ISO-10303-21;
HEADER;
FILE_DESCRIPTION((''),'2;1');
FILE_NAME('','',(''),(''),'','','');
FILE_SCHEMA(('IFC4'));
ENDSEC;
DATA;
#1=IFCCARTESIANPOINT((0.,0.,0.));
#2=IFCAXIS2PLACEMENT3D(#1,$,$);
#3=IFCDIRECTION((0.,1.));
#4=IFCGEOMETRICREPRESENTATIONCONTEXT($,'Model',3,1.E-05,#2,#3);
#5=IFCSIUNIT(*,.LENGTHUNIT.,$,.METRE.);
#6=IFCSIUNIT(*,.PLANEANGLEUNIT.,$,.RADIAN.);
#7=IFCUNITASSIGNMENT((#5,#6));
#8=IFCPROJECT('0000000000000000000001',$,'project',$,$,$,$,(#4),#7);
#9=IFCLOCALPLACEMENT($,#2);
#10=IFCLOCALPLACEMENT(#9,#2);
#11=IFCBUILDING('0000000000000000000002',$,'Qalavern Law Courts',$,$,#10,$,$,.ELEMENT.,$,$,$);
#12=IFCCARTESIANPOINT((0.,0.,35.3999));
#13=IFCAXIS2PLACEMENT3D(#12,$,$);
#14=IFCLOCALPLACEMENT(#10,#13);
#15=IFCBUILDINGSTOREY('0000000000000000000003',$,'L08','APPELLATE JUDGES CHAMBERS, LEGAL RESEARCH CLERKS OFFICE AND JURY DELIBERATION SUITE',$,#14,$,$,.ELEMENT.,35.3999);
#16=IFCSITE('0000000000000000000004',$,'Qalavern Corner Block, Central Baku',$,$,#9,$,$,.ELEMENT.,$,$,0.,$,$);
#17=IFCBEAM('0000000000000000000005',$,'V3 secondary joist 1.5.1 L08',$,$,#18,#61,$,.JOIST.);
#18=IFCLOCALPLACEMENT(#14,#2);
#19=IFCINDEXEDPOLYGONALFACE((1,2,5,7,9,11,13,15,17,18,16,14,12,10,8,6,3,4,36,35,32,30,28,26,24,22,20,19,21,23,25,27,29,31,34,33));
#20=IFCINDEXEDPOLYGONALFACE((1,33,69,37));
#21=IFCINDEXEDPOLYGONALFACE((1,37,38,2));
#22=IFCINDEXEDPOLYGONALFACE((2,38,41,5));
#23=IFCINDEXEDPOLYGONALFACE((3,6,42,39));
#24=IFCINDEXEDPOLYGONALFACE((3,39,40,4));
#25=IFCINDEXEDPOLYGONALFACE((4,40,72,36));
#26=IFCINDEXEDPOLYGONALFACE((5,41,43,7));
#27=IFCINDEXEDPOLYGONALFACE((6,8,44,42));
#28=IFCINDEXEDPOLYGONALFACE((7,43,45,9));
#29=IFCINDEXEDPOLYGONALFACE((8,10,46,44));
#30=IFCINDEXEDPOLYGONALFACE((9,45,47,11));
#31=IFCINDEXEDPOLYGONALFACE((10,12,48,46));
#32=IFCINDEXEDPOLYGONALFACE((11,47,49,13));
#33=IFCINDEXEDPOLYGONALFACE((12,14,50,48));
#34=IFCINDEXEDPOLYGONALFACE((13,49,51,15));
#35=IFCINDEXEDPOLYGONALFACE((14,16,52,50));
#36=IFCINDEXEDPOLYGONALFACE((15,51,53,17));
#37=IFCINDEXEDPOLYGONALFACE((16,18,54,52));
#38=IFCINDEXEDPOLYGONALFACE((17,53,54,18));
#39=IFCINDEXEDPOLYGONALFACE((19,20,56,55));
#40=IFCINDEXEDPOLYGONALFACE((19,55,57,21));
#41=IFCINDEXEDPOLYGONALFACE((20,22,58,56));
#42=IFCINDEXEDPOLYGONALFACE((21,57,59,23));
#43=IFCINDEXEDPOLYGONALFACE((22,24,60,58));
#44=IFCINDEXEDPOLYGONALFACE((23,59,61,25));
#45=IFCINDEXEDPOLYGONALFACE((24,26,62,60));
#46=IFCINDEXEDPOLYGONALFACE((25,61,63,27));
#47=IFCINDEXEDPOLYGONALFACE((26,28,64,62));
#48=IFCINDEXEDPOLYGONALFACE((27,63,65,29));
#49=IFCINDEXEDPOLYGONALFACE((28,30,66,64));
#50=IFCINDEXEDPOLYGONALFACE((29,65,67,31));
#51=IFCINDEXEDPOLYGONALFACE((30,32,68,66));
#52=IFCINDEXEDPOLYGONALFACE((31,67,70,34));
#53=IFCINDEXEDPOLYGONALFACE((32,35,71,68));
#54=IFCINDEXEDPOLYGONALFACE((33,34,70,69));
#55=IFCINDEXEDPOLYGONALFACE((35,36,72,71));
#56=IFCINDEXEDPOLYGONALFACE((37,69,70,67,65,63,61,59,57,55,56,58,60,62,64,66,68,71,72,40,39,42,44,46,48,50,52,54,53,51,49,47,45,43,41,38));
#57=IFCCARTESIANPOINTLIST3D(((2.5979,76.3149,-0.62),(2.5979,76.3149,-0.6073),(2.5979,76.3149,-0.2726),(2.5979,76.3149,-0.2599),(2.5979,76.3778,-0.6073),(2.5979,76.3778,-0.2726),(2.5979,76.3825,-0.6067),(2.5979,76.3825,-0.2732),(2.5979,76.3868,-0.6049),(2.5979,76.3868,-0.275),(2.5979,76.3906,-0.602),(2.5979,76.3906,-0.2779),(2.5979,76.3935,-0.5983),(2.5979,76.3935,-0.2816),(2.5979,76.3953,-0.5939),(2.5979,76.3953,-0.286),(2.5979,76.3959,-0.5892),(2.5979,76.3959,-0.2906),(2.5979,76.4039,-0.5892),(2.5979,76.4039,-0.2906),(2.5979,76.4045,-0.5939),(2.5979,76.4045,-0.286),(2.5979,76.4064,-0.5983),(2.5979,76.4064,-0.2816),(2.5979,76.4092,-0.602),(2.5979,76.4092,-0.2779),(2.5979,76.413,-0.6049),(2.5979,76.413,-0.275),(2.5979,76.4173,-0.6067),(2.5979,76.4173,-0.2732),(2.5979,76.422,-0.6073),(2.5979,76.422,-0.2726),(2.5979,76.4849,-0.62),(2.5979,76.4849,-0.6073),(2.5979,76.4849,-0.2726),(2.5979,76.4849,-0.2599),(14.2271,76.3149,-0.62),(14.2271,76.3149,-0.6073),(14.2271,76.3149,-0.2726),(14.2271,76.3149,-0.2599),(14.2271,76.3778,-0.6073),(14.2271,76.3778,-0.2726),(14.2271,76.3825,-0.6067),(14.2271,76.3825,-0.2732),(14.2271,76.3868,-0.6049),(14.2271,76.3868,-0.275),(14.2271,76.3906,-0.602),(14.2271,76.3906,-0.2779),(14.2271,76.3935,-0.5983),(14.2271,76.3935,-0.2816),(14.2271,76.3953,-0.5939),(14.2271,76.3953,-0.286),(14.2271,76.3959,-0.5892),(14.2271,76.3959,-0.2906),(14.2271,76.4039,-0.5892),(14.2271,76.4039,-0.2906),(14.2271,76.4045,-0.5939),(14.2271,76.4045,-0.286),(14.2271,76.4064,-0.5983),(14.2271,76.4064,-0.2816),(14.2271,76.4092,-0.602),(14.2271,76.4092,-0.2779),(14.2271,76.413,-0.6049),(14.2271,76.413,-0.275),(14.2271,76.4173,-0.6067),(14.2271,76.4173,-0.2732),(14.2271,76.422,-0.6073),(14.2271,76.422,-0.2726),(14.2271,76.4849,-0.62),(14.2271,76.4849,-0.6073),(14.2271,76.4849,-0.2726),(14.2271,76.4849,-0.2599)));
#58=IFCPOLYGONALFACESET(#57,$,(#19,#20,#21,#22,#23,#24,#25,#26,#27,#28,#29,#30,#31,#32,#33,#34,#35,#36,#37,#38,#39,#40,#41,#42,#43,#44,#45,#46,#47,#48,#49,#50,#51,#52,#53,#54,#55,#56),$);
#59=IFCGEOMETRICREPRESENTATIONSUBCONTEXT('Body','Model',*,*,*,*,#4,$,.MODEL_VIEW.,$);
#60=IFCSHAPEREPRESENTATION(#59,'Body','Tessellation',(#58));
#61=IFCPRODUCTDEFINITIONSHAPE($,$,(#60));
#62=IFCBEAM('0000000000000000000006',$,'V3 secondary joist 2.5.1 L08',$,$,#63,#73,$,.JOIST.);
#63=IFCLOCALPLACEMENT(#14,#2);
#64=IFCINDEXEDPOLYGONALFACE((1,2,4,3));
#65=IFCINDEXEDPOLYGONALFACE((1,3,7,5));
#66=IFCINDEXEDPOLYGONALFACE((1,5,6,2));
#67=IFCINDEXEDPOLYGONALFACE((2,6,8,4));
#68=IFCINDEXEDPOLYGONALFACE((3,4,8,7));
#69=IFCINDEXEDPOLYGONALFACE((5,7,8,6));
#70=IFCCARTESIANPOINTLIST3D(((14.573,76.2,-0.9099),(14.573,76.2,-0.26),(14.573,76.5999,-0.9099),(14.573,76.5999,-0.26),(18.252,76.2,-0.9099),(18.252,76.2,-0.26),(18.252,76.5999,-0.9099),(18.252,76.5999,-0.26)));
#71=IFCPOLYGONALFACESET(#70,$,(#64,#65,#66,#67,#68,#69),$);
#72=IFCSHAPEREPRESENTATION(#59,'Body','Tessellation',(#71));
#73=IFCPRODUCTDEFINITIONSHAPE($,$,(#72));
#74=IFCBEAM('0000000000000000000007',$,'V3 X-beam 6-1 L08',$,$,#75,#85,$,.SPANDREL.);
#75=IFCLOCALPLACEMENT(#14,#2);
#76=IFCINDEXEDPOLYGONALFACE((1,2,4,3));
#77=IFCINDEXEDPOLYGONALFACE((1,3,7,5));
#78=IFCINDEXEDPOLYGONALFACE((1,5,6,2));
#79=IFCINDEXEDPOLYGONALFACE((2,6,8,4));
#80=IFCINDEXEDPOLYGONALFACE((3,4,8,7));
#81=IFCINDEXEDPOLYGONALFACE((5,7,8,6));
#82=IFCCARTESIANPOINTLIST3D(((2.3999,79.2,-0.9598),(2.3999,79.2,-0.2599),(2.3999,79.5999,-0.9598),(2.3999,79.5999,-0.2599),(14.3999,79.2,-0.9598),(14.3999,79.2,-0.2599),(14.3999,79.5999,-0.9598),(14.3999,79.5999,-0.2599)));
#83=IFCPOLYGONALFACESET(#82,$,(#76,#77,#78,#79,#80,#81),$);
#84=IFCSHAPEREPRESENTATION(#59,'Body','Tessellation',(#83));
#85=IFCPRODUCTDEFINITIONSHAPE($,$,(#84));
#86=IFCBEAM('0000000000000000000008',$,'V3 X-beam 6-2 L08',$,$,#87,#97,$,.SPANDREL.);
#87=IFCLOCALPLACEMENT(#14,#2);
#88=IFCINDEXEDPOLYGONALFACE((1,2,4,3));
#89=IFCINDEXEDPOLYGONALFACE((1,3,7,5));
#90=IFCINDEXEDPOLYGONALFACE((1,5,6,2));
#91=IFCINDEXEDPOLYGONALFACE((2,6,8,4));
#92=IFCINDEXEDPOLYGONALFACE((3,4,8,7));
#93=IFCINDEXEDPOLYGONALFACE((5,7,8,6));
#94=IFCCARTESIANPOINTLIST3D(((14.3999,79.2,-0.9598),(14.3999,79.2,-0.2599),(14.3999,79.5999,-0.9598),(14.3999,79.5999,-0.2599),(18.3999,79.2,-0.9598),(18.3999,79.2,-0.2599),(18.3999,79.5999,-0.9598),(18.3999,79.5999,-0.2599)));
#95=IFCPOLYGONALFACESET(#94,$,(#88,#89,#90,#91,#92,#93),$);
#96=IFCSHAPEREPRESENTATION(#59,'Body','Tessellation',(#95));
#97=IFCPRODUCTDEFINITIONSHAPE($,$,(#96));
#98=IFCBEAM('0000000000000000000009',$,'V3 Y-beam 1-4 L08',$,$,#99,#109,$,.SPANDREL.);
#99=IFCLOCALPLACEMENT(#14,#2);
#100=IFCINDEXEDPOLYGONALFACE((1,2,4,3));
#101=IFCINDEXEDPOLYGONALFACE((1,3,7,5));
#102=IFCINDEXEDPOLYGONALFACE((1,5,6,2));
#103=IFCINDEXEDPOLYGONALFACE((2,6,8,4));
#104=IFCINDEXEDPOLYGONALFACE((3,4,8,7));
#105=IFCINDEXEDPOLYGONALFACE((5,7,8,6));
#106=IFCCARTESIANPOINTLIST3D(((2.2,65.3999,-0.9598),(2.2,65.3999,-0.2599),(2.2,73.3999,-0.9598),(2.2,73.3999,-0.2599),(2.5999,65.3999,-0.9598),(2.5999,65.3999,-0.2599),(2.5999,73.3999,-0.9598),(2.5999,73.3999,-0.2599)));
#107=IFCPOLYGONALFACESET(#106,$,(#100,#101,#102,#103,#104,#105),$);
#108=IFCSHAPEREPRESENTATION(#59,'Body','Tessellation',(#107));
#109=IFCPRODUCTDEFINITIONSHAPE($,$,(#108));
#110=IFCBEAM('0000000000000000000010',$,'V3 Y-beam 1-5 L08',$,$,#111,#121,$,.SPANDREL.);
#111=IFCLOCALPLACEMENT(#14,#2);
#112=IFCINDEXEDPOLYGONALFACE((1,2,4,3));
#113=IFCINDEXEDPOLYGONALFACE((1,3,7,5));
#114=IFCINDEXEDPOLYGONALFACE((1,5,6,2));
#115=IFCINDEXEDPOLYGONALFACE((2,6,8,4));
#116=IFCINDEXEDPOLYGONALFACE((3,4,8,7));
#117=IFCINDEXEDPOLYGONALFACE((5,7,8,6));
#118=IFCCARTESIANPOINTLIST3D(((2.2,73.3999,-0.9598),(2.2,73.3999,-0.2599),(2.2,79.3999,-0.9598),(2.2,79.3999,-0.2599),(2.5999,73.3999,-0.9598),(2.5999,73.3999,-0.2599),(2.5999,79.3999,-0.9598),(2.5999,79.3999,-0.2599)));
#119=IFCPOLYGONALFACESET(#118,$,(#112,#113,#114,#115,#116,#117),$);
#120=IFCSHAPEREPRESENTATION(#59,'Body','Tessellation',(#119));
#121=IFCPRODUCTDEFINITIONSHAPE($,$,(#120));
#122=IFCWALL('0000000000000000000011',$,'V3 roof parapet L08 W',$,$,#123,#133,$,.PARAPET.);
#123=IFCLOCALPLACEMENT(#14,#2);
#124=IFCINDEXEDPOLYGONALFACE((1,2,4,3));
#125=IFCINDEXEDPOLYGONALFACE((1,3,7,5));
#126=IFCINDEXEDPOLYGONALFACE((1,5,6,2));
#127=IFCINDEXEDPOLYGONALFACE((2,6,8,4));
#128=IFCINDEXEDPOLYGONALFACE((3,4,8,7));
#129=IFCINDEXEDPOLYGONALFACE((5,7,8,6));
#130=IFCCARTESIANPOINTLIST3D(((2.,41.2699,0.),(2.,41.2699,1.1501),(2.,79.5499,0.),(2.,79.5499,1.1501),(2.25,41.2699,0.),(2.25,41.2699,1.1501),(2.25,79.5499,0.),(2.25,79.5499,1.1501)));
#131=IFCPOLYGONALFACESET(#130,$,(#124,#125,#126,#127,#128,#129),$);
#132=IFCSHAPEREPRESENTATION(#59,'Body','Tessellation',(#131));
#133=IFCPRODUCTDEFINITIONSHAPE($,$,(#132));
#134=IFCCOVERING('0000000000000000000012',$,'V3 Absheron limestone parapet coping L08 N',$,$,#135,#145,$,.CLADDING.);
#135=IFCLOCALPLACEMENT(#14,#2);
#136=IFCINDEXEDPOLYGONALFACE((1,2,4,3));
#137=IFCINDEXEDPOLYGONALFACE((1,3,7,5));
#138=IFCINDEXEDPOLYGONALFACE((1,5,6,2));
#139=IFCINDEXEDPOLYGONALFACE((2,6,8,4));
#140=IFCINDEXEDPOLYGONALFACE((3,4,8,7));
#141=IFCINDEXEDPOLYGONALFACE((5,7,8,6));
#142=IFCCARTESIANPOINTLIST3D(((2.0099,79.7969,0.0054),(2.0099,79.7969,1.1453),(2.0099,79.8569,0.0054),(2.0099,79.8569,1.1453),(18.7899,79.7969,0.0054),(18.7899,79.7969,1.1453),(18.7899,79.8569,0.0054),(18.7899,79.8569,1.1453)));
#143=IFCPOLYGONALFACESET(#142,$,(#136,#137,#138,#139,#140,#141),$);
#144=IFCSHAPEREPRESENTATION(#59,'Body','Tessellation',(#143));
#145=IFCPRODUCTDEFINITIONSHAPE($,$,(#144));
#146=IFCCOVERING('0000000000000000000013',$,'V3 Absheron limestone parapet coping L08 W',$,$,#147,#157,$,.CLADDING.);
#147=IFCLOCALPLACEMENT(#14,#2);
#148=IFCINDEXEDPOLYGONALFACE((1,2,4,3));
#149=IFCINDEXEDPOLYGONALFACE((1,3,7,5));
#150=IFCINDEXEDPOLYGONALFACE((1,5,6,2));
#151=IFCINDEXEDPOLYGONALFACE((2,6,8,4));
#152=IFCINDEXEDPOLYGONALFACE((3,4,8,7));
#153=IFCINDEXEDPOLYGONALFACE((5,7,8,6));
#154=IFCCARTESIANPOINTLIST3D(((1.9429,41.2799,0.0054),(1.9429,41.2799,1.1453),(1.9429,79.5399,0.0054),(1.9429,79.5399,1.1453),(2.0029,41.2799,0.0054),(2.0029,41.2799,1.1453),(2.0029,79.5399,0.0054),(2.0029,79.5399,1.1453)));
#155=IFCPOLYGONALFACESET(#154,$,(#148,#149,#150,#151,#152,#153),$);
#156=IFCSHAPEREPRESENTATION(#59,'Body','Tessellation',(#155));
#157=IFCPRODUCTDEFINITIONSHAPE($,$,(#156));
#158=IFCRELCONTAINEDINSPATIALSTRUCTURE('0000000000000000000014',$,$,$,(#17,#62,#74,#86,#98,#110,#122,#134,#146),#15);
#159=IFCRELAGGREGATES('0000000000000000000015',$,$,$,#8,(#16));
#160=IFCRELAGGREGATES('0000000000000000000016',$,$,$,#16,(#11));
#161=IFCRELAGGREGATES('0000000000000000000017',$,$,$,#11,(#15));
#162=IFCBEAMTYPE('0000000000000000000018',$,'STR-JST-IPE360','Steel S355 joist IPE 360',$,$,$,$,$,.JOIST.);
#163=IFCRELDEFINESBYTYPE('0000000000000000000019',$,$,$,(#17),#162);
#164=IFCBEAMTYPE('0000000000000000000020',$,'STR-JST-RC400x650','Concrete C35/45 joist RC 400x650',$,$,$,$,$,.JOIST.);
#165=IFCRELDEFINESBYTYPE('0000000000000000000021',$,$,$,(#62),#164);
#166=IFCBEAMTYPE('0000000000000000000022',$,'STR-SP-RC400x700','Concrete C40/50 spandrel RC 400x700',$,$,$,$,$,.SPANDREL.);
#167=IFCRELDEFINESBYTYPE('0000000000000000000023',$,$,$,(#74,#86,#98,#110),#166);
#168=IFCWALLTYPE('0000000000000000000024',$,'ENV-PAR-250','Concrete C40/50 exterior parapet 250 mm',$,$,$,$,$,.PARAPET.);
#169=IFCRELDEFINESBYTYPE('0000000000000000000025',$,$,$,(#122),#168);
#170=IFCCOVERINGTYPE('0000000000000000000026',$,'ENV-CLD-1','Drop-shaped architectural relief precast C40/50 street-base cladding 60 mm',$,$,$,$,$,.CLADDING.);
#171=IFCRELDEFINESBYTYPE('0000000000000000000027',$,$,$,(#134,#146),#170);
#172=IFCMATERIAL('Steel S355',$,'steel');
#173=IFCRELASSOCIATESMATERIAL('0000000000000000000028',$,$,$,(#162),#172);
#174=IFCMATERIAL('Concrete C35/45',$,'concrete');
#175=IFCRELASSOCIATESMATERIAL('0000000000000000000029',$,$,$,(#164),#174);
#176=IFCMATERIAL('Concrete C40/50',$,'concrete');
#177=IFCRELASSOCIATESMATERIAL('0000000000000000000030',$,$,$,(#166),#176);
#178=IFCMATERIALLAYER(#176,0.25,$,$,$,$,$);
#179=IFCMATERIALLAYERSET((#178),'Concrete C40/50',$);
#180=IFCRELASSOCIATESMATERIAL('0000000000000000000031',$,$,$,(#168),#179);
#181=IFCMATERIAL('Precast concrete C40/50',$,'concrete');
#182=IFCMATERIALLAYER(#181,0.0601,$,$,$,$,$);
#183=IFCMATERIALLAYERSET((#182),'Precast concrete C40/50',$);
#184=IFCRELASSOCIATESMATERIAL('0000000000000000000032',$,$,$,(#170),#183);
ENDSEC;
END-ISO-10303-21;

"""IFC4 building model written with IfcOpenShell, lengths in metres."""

from ifc_helpers import new_model, si_unit, direction, frame, frame_2d, origin, origin_2d, place, context, subcontext, project, spatial, rectangle, i_section, extrude, material, layer, layer_set, material_profile, profile_set, type_object, element, save


model = new_model("IFC4")

# Units and contexts
model_context = context("Model", 3, precision=1e-05, world=origin(), true_north=direction((0.0, 1.0)))
body_context = subcontext(model_context, "Body", "Model", "MODEL_VIEW")
ifc_project = project(units=[si_unit("LENGTHUNIT", "METRE"), si_unit("PLANEANGLEUNIT", "RADIAN")], contexts=[model_context])

# Site, building, storey
site_placement = place(None, origin())
site = spatial("IfcSite", under=ifc_project, at=site_placement, Name="Qalavern Corner Block, Central Baku", CompositionType="ELEMENT", RefElevation=0.0)
building_placement = place(site_placement, origin())
building = spatial("IfcBuilding", under=site, at=building_placement, Name="Qalavern Law Courts", CompositionType="ELEMENT")
storey_placement = place(building_placement, frame((0.0, 0.0, 35.3999)))
storey = spatial("IfcBuildingStorey", under=building, at=storey_placement, Name="L08", Description="APPELLATE JUDGES CHAMBERS, LEGAL RESEARCH CLERKS OFFICE AND JURY DELIBERATION SUITE", CompositionType="ELEMENT", Elevation=35.3999)

# Beams
ifc_material_1 = material(Name="Steel S355", Category="steel")
ifc_material_2 = material(Name="Concrete C35/45", Category="concrete")
ifc_material_3 = material(Name="Concrete C40/50", Category="concrete")
ifc_material_profile_1 = material_profile(ifc_material_1, i_section(OverallWidth=0.1699, OverallDepth=0.3601, WebThickness=0.0081, FlangeThickness=0.0127, FilletRadius=0.0181, at=origin_2d()), Name="IPE 360")
ifc_profile_set_1 = profile_set([ifc_material_profile_1], Name="Steel S355")
beam_type_1 = type_object("IfcBeamType", Name="STR-JST-IPE360", Description="Steel S355 joist IPE 360", PredefinedType="JOIST", material=ifc_profile_set_1)
beam_1_placement = place(storey_placement, frame((2.5979, 76.3999, -0.4399), z_axis=(1.0, 0.0, 0.0), x_axis=(0.0, 1.0, 0.0)))
element("IfcBeam", 1, at=beam_1_placement, inside=storey, type_object=beam_type_1, Name="V3 secondary joist 1.5.1 L08", PredefinedType="JOIST", context=body_context, shape_type="SweptSolid", body=[
    extrude(i_section(OverallWidth=0.1699, OverallDepth=0.3601, WebThickness=0.0081, FlangeThickness=0.0127, FilletRadius=0.0181, at=origin_2d()), origin(), (0.0, 0.0, 1.0), 11.6292),
])
ifc_material_profile_2 = material_profile(ifc_material_2, rectangle(XDim=0.3999, YDim=0.6499, at=origin_2d()), Name="RC 400x650")
ifc_profile_set_2 = profile_set([ifc_material_profile_2], Name="Concrete C35/45")
beam_type_2 = type_object("IfcBeamType", Name="STR-JST-RC400x650", Description="Concrete C35/45 joist RC 400x650", PredefinedType="JOIST", material=ifc_profile_set_2)
beam_2_placement = place(storey_placement, frame((14.573, 76.3999, -0.585), z_axis=(1.0, 0.0, 0.0), x_axis=(0.0, 1.0, 0.0)))
element("IfcBeam", 2, at=beam_2_placement, inside=storey, type_object=beam_type_2, Name="V3 secondary joist 2.5.1 L08", PredefinedType="JOIST", context=body_context, shape_type="SweptSolid", body=[
    extrude(rectangle(XDim=0.3999, YDim=0.6499, at=origin_2d()), origin(), (0.0, 0.0, 1.0), 3.679),
])
ifc_material_profile_3 = material_profile(ifc_material_3, rectangle(XDim=0.3999, YDim=0.7, at=origin_2d()), Name="RC 400x700")
ifc_profile_set_3 = profile_set([ifc_material_profile_3], Name="Concrete C40/50")
beam_type_3 = type_object("IfcBeamType", Name="STR-SP-RC400x700", Description="Concrete C40/50 spandrel RC 400x700", PredefinedType="SPANDREL", material=ifc_profile_set_3)
beam_3_placement = place(storey_placement, frame((2.3999, 79.3999, -0.6099), z_axis=(1.0, 0.0, 0.0), x_axis=(0.0, 1.0, 0.0)))
element("IfcBeam", 3, at=beam_3_placement, inside=storey, type_object=beam_type_3, Name="V3 X-beam 6-1 L08", PredefinedType="SPANDREL", context=body_context, shape_type="SweptSolid", body=[
    extrude(rectangle(XDim=0.3999, YDim=0.7, at=origin_2d()), origin(), (0.0, 0.0, 1.0), 12.0),
])
beam_4_placement = place(storey_placement, frame((14.3999, 79.3999, -0.6099), z_axis=(1.0, 0.0, 0.0), x_axis=(0.0, 1.0, 0.0)))
element("IfcBeam", 4, at=beam_4_placement, inside=storey, type_object=beam_type_3, Name="V3 X-beam 6-2 L08", PredefinedType="SPANDREL", context=body_context, shape_type="SweptSolid", body=[
    extrude(rectangle(XDim=0.3999, YDim=0.7, at=origin_2d()), origin(), (0.0, 0.0, 1.0), 4.0),
])
beam_5_placement = place(storey_placement, frame((2.3999, 65.3999, -0.6099), z_axis=(0.0, 1.0, 0.0), x_axis=(-1.0, 0.0, 0.0)))
element("IfcBeam", 5, at=beam_5_placement, inside=storey, type_object=beam_type_3, Name="V3 Y-beam 1-4 L08", PredefinedType="SPANDREL", context=body_context, shape_type="SweptSolid", body=[
    extrude(rectangle(XDim=0.3999, YDim=0.7, at=origin_2d()), origin(), (0.0, 0.0, 1.0), 8.0),
])
beam_6_placement = place(storey_placement, frame((2.3999, 73.3999, -0.6099), z_axis=(0.0, 1.0, 0.0), x_axis=(-1.0, 0.0, 0.0)))
element("IfcBeam", 6, at=beam_6_placement, inside=storey, type_object=beam_type_3, Name="V3 Y-beam 1-5 L08", PredefinedType="SPANDREL", context=body_context, shape_type="SweptSolid", body=[
    extrude(rectangle(XDim=0.3999, YDim=0.7, at=origin_2d()), origin(), (0.0, 0.0, 1.0), 6.0),
])

# Wall
ifc_layer_1 = layer(ifc_material_3, 0.25)
ifc_layer_set_1 = layer_set([ifc_layer_1], Name="Concrete C40/50")
wall_type = type_object("IfcWallType", Name="ENV-PAR-250", Description="Concrete C40/50 exterior parapet 250 mm", PredefinedType="PARAPET", material=ifc_layer_set_1)
wall_placement = place(storey_placement, frame((2.125, 79.55, 0.0), z_axis=(0.0, 0.0, 1.0), x_axis=(0.0, -1.0, 0.0)))
element("IfcWall", 7, at=wall_placement, inside=storey, type_object=wall_type, Name="V3 roof parapet L08 W", PredefinedType="PARAPET", context=body_context, shape_type="SweptSolid", body=[
    extrude(rectangle(XDim=38.28, YDim=0.25, at=frame_2d((19.1401, 0.0))), origin(), (0.0, 0.0, 1.0), 1.1501),
])

# Coverings
ifc_material_4 = material(Name="Precast concrete C40/50", Category="concrete")
ifc_layer_2 = layer(ifc_material_4, 0.0601)
ifc_layer_set_2 = layer_set([ifc_layer_2], Name="Precast concrete C40/50")
covering_type = type_object("IfcCoveringType", Name="ENV-CLD-1", Description="Drop-shaped architectural relief precast C40/50 street-base cladding 60 mm", PredefinedType="CLADDING", material=ifc_layer_set_2)
covering_1_placement = place(storey_placement, frame((10.3999, 79.8269, 0.0054), z_axis=(0.0, 0.0, 1.0), x_axis=(-1.0, 0.0, 0.0)))
element("IfcCovering", 8, at=covering_1_placement, inside=storey, type_object=covering_type, Name="V3 Absheron limestone parapet coping L08 N", PredefinedType="CLADDING", context=body_context, shape_type="SweptSolid", body=[
    extrude(rectangle(XDim=16.78, YDim=0.0601, at=origin_2d()), origin(), (0.0, 0.0, 1.0), 1.1399),
])
covering_2_placement = place(storey_placement, frame((1.9729, 60.4099, 0.0054), z_axis=(0.0, 0.0, 1.0), x_axis=(0.0, -1.0, 0.0)))
element("IfcCovering", 9, at=covering_2_placement, inside=storey, type_object=covering_type, Name="V3 Absheron limestone parapet coping L08 W", PredefinedType="CLADDING", context=body_context, shape_type="SweptSolid", body=[
    extrude(rectangle(XDim=38.26, YDim=0.0601, at=origin_2d()), origin(), (0.0, 0.0, 1.0), 1.1399),
])

save(model, "model.ifc")
